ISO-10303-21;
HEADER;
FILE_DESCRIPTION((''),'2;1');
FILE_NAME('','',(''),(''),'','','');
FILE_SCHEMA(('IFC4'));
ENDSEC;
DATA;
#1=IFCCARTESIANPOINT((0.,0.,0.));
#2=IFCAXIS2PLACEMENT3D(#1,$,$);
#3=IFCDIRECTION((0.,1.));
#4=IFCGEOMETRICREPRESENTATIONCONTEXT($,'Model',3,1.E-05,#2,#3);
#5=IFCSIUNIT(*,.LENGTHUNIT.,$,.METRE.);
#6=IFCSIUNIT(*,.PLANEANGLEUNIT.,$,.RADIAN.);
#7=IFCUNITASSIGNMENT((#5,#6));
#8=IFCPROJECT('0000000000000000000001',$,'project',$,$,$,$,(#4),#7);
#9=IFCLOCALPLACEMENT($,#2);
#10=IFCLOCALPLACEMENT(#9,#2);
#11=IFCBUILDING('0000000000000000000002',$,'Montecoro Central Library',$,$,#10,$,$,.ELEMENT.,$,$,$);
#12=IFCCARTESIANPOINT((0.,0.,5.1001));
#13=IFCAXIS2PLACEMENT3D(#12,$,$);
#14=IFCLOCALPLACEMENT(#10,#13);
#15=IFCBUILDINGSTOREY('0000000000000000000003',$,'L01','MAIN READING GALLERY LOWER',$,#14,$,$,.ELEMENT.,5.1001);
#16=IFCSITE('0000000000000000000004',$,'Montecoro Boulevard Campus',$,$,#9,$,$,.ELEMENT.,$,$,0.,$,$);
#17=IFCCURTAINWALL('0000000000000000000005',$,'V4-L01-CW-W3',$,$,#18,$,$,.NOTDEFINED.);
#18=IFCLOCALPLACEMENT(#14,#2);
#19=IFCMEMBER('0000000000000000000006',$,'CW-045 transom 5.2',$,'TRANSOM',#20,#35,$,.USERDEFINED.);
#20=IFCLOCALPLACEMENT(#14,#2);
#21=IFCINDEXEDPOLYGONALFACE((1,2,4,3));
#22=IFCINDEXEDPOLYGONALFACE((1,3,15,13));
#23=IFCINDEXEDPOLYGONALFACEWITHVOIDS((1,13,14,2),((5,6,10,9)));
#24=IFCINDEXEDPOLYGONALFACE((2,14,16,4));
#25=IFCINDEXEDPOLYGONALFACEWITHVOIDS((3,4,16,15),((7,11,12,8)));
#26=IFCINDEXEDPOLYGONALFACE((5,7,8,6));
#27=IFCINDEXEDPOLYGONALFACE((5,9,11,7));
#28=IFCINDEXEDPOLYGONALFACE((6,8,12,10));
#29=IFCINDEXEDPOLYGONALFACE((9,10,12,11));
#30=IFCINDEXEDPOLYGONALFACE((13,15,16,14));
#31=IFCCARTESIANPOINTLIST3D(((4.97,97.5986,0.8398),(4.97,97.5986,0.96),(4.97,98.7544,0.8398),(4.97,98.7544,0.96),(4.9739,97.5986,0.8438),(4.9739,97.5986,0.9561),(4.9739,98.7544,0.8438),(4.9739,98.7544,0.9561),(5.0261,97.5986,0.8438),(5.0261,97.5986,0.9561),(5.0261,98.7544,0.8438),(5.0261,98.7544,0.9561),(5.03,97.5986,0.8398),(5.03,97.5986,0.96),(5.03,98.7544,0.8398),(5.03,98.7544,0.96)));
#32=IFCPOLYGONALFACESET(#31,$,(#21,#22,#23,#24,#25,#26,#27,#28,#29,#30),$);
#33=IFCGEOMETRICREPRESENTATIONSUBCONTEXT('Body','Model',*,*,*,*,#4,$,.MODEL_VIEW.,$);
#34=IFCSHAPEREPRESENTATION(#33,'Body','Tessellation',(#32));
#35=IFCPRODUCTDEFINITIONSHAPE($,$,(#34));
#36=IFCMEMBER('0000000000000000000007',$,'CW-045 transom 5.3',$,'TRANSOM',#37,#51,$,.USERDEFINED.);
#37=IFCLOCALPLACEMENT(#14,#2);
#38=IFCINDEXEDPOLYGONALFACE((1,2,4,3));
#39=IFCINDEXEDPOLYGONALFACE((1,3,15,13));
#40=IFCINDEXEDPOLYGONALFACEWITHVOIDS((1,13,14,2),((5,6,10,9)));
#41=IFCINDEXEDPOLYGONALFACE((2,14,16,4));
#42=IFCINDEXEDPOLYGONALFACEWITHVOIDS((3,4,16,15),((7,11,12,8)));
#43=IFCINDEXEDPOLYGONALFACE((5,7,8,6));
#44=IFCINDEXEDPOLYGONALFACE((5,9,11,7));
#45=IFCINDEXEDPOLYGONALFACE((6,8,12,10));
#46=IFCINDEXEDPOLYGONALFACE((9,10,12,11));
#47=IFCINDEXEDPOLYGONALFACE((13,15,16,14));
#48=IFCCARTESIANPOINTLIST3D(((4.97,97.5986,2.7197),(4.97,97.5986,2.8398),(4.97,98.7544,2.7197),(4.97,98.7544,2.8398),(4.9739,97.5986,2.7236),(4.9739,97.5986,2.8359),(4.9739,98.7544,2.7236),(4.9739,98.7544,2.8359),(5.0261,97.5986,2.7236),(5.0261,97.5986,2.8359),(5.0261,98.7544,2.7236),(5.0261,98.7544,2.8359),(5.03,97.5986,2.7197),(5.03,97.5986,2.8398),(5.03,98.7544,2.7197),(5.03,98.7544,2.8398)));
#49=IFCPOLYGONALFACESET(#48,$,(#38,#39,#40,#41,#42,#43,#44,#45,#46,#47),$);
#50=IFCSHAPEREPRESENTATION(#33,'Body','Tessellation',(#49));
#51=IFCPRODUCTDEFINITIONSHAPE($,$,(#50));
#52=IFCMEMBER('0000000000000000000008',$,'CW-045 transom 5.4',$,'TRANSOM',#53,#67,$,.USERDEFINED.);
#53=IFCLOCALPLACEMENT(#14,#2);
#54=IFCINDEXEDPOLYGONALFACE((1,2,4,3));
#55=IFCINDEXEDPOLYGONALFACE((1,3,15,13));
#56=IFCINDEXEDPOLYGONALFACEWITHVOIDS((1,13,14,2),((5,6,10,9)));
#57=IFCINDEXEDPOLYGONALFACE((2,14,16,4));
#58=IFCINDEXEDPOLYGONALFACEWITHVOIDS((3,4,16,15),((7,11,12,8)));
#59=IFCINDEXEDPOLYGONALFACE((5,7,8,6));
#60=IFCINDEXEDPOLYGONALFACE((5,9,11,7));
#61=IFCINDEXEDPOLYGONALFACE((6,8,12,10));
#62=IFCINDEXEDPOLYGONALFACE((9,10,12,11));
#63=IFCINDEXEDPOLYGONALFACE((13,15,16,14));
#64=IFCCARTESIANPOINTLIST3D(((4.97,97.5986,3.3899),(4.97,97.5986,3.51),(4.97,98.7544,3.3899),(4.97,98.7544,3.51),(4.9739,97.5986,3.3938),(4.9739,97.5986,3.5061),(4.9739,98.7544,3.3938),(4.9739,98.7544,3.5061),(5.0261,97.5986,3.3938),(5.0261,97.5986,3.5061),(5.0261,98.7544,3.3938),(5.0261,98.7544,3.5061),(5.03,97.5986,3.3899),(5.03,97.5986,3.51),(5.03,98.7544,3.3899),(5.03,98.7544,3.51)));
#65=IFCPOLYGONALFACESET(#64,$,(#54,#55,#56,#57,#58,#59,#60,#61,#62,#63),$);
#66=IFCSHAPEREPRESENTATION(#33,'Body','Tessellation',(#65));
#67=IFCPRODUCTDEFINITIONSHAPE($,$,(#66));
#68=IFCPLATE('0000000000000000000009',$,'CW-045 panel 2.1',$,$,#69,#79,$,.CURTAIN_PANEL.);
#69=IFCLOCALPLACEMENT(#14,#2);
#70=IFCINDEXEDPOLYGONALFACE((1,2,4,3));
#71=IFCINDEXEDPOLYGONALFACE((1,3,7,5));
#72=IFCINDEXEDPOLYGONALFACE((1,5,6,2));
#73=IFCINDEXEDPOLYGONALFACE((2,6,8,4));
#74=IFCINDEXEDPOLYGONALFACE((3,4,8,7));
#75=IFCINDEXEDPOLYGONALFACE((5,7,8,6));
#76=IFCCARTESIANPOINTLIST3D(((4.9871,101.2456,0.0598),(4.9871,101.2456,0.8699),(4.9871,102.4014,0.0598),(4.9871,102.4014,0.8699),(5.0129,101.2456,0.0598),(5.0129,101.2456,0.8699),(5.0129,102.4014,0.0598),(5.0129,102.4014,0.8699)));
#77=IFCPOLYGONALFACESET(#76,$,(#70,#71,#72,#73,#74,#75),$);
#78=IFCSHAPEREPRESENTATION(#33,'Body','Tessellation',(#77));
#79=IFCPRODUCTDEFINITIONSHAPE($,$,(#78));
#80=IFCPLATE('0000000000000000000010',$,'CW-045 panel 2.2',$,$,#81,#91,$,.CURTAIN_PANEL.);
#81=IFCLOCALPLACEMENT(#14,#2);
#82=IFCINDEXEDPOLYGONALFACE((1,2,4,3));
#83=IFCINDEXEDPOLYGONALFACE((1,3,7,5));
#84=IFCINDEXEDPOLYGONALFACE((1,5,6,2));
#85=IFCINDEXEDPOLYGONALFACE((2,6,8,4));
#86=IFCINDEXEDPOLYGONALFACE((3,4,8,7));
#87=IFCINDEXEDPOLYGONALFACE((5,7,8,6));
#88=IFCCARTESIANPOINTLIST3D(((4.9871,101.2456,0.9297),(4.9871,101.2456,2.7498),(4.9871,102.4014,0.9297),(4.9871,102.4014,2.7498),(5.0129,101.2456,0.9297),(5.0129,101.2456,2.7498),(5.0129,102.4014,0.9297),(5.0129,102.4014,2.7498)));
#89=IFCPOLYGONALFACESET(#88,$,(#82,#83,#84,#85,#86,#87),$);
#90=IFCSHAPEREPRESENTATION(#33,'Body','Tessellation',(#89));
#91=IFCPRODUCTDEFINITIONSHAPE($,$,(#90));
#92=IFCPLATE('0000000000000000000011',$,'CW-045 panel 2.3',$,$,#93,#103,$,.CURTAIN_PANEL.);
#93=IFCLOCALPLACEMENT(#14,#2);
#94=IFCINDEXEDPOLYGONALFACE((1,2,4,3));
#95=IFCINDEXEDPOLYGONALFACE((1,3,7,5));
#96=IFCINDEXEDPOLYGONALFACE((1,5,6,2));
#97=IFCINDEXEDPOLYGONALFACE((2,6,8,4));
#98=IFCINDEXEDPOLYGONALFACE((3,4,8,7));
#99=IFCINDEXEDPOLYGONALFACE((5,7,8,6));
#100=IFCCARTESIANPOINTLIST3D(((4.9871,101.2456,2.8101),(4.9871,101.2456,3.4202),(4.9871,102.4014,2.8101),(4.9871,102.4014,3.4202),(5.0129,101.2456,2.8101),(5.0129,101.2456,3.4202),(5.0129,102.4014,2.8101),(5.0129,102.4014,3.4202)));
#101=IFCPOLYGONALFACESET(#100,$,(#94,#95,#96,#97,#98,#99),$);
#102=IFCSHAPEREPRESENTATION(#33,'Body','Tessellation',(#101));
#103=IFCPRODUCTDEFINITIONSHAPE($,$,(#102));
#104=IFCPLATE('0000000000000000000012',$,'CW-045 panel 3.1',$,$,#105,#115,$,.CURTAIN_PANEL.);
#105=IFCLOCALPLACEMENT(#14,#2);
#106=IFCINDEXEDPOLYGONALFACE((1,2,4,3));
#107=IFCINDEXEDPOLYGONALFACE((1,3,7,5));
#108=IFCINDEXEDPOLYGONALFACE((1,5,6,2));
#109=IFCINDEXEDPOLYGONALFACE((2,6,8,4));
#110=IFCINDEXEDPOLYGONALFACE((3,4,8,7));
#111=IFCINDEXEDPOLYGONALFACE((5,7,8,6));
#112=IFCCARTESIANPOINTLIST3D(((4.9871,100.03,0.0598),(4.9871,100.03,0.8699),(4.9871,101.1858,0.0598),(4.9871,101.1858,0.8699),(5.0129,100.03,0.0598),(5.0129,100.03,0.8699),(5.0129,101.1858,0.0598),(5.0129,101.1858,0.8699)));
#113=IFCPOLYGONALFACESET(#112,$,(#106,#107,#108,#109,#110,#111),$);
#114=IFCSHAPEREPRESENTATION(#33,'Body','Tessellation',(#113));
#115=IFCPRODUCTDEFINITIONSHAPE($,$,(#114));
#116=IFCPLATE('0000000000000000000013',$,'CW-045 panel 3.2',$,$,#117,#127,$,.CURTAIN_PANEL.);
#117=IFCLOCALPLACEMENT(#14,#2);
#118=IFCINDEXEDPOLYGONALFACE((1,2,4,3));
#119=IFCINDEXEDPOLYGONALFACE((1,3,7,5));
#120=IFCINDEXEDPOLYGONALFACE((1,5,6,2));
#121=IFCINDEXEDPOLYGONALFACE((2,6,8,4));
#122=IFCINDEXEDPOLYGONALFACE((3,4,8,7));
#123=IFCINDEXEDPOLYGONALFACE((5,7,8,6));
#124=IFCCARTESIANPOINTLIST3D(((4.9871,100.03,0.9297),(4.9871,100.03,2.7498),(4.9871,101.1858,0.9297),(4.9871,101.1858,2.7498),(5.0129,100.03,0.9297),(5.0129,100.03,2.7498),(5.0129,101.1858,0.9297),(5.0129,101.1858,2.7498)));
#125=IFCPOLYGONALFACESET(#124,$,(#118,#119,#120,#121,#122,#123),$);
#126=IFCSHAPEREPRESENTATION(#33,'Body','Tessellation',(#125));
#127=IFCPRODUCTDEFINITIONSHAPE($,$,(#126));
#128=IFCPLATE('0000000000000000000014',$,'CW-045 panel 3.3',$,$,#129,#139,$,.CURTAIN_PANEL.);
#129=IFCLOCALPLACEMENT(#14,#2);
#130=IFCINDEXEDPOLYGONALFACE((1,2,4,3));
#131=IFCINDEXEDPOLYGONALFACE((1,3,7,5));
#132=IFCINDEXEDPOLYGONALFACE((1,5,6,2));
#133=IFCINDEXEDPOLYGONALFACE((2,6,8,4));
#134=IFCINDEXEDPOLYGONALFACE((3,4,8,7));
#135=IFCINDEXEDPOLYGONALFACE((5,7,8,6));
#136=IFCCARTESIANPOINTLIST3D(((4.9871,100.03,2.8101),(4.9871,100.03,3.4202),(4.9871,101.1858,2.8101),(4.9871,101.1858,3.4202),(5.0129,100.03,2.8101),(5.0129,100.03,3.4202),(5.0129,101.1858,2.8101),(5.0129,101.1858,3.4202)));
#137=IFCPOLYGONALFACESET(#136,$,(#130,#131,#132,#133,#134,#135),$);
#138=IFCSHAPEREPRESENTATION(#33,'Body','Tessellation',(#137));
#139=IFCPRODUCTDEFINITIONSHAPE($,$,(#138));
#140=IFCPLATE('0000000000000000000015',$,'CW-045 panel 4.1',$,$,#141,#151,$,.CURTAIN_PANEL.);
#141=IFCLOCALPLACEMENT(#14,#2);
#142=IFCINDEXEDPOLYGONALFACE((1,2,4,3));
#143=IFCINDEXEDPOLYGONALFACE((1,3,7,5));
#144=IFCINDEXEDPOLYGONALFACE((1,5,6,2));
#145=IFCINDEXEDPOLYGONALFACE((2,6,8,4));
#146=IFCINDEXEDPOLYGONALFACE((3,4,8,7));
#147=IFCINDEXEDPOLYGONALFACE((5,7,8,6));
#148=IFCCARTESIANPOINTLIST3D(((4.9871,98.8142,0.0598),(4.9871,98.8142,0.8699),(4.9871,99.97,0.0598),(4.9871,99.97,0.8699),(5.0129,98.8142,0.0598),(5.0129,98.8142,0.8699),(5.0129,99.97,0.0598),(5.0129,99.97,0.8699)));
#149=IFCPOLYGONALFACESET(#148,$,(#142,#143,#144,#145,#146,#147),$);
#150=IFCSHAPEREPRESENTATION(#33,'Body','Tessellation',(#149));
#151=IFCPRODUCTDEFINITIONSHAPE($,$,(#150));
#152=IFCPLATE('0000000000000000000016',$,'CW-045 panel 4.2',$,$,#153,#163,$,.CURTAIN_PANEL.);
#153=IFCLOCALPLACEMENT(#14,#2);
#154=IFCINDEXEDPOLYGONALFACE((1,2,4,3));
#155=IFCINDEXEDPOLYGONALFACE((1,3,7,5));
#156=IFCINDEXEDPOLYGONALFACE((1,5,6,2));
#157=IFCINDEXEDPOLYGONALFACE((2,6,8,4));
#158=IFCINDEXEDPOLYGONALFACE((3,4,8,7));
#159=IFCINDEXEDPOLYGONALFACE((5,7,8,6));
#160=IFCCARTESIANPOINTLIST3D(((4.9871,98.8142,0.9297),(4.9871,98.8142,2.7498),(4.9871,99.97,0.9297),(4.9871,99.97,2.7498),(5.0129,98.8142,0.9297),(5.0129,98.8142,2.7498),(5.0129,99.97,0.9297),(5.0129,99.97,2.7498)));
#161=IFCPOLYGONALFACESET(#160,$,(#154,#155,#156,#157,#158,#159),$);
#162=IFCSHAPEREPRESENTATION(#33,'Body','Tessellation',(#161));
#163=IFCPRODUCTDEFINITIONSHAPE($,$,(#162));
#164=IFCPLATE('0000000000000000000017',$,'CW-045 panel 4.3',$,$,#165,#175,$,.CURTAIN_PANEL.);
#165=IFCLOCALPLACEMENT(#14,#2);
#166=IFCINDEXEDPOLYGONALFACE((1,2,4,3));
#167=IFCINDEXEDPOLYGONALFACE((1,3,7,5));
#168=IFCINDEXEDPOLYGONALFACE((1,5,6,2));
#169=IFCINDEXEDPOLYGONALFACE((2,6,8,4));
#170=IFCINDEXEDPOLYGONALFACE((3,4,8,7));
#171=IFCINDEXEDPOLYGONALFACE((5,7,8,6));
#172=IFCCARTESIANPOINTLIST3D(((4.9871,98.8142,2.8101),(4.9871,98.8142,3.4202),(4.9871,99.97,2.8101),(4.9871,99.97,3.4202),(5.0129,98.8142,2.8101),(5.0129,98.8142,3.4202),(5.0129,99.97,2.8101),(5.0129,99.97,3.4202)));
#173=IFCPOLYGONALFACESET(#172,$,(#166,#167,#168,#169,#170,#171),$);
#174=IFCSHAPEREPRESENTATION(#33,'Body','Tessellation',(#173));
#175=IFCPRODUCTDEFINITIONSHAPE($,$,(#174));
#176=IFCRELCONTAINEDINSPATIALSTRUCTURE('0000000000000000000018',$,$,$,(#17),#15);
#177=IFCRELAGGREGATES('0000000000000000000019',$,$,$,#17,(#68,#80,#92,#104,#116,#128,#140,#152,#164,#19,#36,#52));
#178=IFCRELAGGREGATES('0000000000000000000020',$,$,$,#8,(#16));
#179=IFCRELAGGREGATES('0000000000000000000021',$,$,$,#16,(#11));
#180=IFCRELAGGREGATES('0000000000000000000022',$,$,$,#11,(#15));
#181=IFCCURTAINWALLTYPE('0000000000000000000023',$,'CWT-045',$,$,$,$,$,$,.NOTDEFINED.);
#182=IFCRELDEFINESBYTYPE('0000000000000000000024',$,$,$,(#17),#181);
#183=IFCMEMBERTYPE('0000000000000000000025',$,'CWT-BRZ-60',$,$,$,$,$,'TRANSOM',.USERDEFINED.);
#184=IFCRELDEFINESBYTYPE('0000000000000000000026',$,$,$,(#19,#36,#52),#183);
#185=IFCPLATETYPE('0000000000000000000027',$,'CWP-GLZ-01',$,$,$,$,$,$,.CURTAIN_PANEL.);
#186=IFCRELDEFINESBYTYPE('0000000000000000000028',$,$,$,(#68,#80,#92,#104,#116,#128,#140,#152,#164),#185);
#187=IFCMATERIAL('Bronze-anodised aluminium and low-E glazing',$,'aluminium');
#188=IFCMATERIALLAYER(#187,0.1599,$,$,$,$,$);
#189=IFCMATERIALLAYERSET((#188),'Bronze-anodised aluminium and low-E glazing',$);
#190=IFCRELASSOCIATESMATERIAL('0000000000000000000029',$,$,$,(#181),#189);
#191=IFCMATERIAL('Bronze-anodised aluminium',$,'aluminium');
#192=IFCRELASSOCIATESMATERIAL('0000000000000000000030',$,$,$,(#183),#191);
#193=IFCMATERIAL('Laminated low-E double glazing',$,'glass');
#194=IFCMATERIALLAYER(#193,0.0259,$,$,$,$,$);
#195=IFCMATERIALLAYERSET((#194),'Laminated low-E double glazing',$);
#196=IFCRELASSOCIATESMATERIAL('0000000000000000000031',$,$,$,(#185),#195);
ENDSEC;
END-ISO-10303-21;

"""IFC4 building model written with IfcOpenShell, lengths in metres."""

from ifc_helpers import new_model, si_unit, direction, frame, origin, origin_2d, place, context, subcontext, project, spatial, rectangle, hollow_rectangle, extrude, material, layer, layer_set, material_profile, profile_set, type_object, element, aggregate, save


model = new_model("IFC4")

# Units and contexts
model_context = context("Model", 3, precision=1e-05, world=origin(), true_north=direction((0.0, 1.0)))
body_context = subcontext(model_context, "Body", "Model", "MODEL_VIEW")
ifc_project = project(units=[si_unit("LENGTHUNIT", "METRE"), si_unit("PLANEANGLEUNIT", "RADIAN")], contexts=[model_context])

# Site, building, storey
site_placement = place(None, origin())
site = spatial("IfcSite", under=ifc_project, at=site_placement, Name="Montecoro Boulevard Campus", CompositionType="ELEMENT", RefElevation=0.0)
building_placement = place(site_placement, origin())
building = spatial("IfcBuilding", under=site, at=building_placement, Name="Montecoro Central Library", CompositionType="ELEMENT")
storey_placement = place(building_placement, frame((0.0, 0.0, 5.1001)))
storey = spatial("IfcBuildingStorey", under=building, at=storey_placement, Name="L01", Description="MAIN READING GALLERY LOWER", CompositionType="ELEMENT", Elevation=5.1001)

# Curtain wall, members, plates
ifc_material_1 = material(Name="Bronze-anodised aluminium and low-E glazing", Category="aluminium")
ifc_layer_1 = layer(ifc_material_1, 0.1599)
ifc_layer_set_1 = layer_set([ifc_layer_1], Name="Bronze-anodised aluminium and low-E glazing")
curtain_wall_type = type_object("IfcCurtainWallType", Name="CWT-045", PredefinedType="NOTDEFINED", material=ifc_layer_set_1)
curtain_wall_placement = place(storey_placement, origin())
curtain_wall = element("IfcCurtainWall", 1, at=curtain_wall_placement, inside=storey, type_object=curtain_wall_type, Name="V4-L01-CW-W3", PredefinedType="NOTDEFINED")
ifc_material_2 = material(Name="Bronze-anodised aluminium", Category="aluminium")
ifc_material_profile_1 = material_profile(ifc_material_2, hollow_rectangle(XDim=0.0601, YDim=0.1201, WallThickness=0.0039, at=origin_2d()), Name="CWT 120x60x4.0")
ifc_profile_set_1 = profile_set([ifc_material_profile_1], Name="Bronze-anodised aluminium")
member_type_1 = type_object("IfcMemberType", Name="CWT-BRZ-60", ElementType="TRANSOM", PredefinedType="USERDEFINED", material=ifc_profile_set_1)
member_1_placement = place(storey_placement, frame((5.0, 98.7544, 0.8999), z_axis=(0.0, -1.0, 0.0), x_axis=(1.0, 0.0, 0.0)))
member_1 = element("IfcMember", 2, at=member_1_placement, type_object=member_type_1, Name="CW-045 transom 5.2", ObjectType="TRANSOM", PredefinedType="USERDEFINED", context=body_context, shape_type="SweptSolid", body=[
    extrude(hollow_rectangle(XDim=0.0601, YDim=0.1201, WallThickness=0.0039, at=origin_2d()), origin(), (0.0, 0.0, 1.0), 1.1558),
])
member_2_placement = place(storey_placement, frame((5.0, 98.7544, 2.7798), z_axis=(0.0, -1.0, 0.0), x_axis=(1.0, 0.0, 0.0)))
member_2 = element("IfcMember", 3, at=member_2_placement, type_object=member_type_1, Name="CW-045 transom 5.3", ObjectType="TRANSOM", PredefinedType="USERDEFINED", context=body_context, shape_type="SweptSolid", body=[
    extrude(hollow_rectangle(XDim=0.0601, YDim=0.1201, WallThickness=0.0039, at=origin_2d()), origin(), (0.0, 0.0, 1.0), 1.1558),
])
member_3_placement = place(storey_placement, frame((5.0, 98.7544, 3.45), z_axis=(0.0, -1.0, 0.0), x_axis=(1.0, 0.0, 0.0)))
member_3 = element("IfcMember", 4, at=member_3_placement, type_object=member_type_1, Name="CW-045 transom 5.4", ObjectType="TRANSOM", PredefinedType="USERDEFINED", context=body_context, shape_type="SweptSolid", body=[
    extrude(hollow_rectangle(XDim=0.0601, YDim=0.1201, WallThickness=0.0039, at=origin_2d()), origin(), (0.0, 0.0, 1.0), 1.1558),
])
ifc_material_3 = material(Name="Laminated low-E double glazing", Category="glass")
ifc_layer_2 = layer(ifc_material_3, 0.0259)
ifc_layer_set_2 = layer_set([ifc_layer_2], Name="Laminated low-E double glazing")
plate_type = type_object("IfcPlateType", Name="CWP-GLZ-01", PredefinedType="CURTAIN_PANEL", material=ifc_layer_set_2)
plate_1_placement = place(storey_placement, frame((5.0, 101.8235, 0.0598), z_axis=(0.0, 0.0, 1.0), x_axis=(0.0, -1.0, 0.0)))
plate_1 = element("IfcPlate", 5, at=plate_1_placement, type_object=plate_type, Name="CW-045 panel 2.1", PredefinedType="CURTAIN_PANEL", context=body_context, shape_type="SweptSolid", body=[
    extrude(rectangle(XDim=1.1558, YDim=0.0259, at=origin_2d()), origin(), (0.0, 0.0, 1.0), 0.8101),
])
plate_2_placement = place(storey_placement, frame((5.0, 101.8235, 0.9297), z_axis=(0.0, 0.0, 1.0), x_axis=(0.0, -1.0, 0.0)))
plate_2 = element("IfcPlate", 6, at=plate_2_placement, type_object=plate_type, Name="CW-045 panel 2.2", PredefinedType="CURTAIN_PANEL", context=body_context, shape_type="SweptSolid", body=[
    extrude(rectangle(XDim=1.1558, YDim=0.0259, at=origin_2d()), origin(), (0.0, 0.0, 1.0), 1.8201),
])
plate_3_placement = place(storey_placement, frame((5.0, 101.8235, 2.8101), z_axis=(0.0, 0.0, 1.0), x_axis=(0.0, -1.0, 0.0)))
plate_3 = element("IfcPlate", 7, at=plate_3_placement, type_object=plate_type, Name="CW-045 panel 2.3", PredefinedType="CURTAIN_PANEL", context=body_context, shape_type="SweptSolid", body=[
    extrude(rectangle(XDim=1.1558, YDim=0.0259, at=origin_2d()), origin(), (0.0, 0.0, 1.0), 0.6101),
])
plate_4_placement = place(storey_placement, frame((5.0, 100.6079, 0.0598), z_axis=(0.0, 0.0, 1.0), x_axis=(0.0, -1.0, 0.0)))
plate_4 = element("IfcPlate", 8, at=plate_4_placement, type_object=plate_type, Name="CW-045 panel 3.1", PredefinedType="CURTAIN_PANEL", context=body_context, shape_type="SweptSolid", body=[
    extrude(rectangle(XDim=1.1558, YDim=0.0259, at=origin_2d()), origin(), (0.0, 0.0, 1.0), 0.8101),
])
plate_5_placement = place(storey_placement, frame((5.0, 100.6079, 0.9297), z_axis=(0.0, 0.0, 1.0), x_axis=(0.0, -1.0, 0.0)))
plate_5 = element("IfcPlate", 9, at=plate_5_placement, type_object=plate_type, Name="CW-045 panel 3.2", PredefinedType="CURTAIN_PANEL", context=body_context, shape_type="SweptSolid", body=[
    extrude(rectangle(XDim=1.1558, YDim=0.0259, at=origin_2d()), origin(), (0.0, 0.0, 1.0), 1.8201),
])
plate_6_placement = place(storey_placement, frame((5.0, 100.6079, 2.8101), z_axis=(0.0, 0.0, 1.0), x_axis=(0.0, -1.0, 0.0)))
plate_6 = element("IfcPlate", 10, at=plate_6_placement, type_object=plate_type, Name="CW-045 panel 3.3", PredefinedType="CURTAIN_PANEL", context=body_context, shape_type="SweptSolid", body=[
    extrude(rectangle(XDim=1.1558, YDim=0.0259, at=origin_2d()), origin(), (0.0, 0.0, 1.0), 0.6101),
])
plate_7_placement = place(storey_placement, frame((5.0, 99.3921, 0.0598), z_axis=(0.0, 0.0, 1.0), x_axis=(0.0, -1.0, 0.0)))
plate_7 = element("IfcPlate", 11, at=plate_7_placement, type_object=plate_type, Name="CW-045 panel 4.1", PredefinedType="CURTAIN_PANEL", context=body_context, shape_type="SweptSolid", body=[
    extrude(rectangle(XDim=1.1558, YDim=0.0259, at=origin_2d()), origin(), (0.0, 0.0, 1.0), 0.8101),
])
plate_8_placement = place(storey_placement, frame((5.0, 99.3921, 0.9297), z_axis=(0.0, 0.0, 1.0), x_axis=(0.0, -1.0, 0.0)))
plate_8 = element("IfcPlate", 12, at=plate_8_placement, type_object=plate_type, Name="CW-045 panel 4.2", PredefinedType="CURTAIN_PANEL", context=body_context, shape_type="SweptSolid", body=[
    extrude(rectangle(XDim=1.1558, YDim=0.0259, at=origin_2d()), origin(), (0.0, 0.0, 1.0), 1.8201),
])
plate_9_placement = place(storey_placement, frame((5.0, 99.3921, 2.8101), z_axis=(0.0, 0.0, 1.0), x_axis=(0.0, -1.0, 0.0)))
plate_9 = element("IfcPlate", 13, at=plate_9_placement, type_object=plate_type, Name="CW-045 panel 4.3", PredefinedType="CURTAIN_PANEL", context=body_context, shape_type="SweptSolid", body=[
    extrude(rectangle(XDim=1.1558, YDim=0.0259, at=origin_2d()), origin(), (0.0, 0.0, 1.0), 0.6101),
])
aggregate(curtain_wall, [plate_1, plate_2, plate_3, plate_4, plate_5, plate_6, plate_7, plate_8, plate_9, member_1, member_2, member_3])

save(model, "model.ifc")
